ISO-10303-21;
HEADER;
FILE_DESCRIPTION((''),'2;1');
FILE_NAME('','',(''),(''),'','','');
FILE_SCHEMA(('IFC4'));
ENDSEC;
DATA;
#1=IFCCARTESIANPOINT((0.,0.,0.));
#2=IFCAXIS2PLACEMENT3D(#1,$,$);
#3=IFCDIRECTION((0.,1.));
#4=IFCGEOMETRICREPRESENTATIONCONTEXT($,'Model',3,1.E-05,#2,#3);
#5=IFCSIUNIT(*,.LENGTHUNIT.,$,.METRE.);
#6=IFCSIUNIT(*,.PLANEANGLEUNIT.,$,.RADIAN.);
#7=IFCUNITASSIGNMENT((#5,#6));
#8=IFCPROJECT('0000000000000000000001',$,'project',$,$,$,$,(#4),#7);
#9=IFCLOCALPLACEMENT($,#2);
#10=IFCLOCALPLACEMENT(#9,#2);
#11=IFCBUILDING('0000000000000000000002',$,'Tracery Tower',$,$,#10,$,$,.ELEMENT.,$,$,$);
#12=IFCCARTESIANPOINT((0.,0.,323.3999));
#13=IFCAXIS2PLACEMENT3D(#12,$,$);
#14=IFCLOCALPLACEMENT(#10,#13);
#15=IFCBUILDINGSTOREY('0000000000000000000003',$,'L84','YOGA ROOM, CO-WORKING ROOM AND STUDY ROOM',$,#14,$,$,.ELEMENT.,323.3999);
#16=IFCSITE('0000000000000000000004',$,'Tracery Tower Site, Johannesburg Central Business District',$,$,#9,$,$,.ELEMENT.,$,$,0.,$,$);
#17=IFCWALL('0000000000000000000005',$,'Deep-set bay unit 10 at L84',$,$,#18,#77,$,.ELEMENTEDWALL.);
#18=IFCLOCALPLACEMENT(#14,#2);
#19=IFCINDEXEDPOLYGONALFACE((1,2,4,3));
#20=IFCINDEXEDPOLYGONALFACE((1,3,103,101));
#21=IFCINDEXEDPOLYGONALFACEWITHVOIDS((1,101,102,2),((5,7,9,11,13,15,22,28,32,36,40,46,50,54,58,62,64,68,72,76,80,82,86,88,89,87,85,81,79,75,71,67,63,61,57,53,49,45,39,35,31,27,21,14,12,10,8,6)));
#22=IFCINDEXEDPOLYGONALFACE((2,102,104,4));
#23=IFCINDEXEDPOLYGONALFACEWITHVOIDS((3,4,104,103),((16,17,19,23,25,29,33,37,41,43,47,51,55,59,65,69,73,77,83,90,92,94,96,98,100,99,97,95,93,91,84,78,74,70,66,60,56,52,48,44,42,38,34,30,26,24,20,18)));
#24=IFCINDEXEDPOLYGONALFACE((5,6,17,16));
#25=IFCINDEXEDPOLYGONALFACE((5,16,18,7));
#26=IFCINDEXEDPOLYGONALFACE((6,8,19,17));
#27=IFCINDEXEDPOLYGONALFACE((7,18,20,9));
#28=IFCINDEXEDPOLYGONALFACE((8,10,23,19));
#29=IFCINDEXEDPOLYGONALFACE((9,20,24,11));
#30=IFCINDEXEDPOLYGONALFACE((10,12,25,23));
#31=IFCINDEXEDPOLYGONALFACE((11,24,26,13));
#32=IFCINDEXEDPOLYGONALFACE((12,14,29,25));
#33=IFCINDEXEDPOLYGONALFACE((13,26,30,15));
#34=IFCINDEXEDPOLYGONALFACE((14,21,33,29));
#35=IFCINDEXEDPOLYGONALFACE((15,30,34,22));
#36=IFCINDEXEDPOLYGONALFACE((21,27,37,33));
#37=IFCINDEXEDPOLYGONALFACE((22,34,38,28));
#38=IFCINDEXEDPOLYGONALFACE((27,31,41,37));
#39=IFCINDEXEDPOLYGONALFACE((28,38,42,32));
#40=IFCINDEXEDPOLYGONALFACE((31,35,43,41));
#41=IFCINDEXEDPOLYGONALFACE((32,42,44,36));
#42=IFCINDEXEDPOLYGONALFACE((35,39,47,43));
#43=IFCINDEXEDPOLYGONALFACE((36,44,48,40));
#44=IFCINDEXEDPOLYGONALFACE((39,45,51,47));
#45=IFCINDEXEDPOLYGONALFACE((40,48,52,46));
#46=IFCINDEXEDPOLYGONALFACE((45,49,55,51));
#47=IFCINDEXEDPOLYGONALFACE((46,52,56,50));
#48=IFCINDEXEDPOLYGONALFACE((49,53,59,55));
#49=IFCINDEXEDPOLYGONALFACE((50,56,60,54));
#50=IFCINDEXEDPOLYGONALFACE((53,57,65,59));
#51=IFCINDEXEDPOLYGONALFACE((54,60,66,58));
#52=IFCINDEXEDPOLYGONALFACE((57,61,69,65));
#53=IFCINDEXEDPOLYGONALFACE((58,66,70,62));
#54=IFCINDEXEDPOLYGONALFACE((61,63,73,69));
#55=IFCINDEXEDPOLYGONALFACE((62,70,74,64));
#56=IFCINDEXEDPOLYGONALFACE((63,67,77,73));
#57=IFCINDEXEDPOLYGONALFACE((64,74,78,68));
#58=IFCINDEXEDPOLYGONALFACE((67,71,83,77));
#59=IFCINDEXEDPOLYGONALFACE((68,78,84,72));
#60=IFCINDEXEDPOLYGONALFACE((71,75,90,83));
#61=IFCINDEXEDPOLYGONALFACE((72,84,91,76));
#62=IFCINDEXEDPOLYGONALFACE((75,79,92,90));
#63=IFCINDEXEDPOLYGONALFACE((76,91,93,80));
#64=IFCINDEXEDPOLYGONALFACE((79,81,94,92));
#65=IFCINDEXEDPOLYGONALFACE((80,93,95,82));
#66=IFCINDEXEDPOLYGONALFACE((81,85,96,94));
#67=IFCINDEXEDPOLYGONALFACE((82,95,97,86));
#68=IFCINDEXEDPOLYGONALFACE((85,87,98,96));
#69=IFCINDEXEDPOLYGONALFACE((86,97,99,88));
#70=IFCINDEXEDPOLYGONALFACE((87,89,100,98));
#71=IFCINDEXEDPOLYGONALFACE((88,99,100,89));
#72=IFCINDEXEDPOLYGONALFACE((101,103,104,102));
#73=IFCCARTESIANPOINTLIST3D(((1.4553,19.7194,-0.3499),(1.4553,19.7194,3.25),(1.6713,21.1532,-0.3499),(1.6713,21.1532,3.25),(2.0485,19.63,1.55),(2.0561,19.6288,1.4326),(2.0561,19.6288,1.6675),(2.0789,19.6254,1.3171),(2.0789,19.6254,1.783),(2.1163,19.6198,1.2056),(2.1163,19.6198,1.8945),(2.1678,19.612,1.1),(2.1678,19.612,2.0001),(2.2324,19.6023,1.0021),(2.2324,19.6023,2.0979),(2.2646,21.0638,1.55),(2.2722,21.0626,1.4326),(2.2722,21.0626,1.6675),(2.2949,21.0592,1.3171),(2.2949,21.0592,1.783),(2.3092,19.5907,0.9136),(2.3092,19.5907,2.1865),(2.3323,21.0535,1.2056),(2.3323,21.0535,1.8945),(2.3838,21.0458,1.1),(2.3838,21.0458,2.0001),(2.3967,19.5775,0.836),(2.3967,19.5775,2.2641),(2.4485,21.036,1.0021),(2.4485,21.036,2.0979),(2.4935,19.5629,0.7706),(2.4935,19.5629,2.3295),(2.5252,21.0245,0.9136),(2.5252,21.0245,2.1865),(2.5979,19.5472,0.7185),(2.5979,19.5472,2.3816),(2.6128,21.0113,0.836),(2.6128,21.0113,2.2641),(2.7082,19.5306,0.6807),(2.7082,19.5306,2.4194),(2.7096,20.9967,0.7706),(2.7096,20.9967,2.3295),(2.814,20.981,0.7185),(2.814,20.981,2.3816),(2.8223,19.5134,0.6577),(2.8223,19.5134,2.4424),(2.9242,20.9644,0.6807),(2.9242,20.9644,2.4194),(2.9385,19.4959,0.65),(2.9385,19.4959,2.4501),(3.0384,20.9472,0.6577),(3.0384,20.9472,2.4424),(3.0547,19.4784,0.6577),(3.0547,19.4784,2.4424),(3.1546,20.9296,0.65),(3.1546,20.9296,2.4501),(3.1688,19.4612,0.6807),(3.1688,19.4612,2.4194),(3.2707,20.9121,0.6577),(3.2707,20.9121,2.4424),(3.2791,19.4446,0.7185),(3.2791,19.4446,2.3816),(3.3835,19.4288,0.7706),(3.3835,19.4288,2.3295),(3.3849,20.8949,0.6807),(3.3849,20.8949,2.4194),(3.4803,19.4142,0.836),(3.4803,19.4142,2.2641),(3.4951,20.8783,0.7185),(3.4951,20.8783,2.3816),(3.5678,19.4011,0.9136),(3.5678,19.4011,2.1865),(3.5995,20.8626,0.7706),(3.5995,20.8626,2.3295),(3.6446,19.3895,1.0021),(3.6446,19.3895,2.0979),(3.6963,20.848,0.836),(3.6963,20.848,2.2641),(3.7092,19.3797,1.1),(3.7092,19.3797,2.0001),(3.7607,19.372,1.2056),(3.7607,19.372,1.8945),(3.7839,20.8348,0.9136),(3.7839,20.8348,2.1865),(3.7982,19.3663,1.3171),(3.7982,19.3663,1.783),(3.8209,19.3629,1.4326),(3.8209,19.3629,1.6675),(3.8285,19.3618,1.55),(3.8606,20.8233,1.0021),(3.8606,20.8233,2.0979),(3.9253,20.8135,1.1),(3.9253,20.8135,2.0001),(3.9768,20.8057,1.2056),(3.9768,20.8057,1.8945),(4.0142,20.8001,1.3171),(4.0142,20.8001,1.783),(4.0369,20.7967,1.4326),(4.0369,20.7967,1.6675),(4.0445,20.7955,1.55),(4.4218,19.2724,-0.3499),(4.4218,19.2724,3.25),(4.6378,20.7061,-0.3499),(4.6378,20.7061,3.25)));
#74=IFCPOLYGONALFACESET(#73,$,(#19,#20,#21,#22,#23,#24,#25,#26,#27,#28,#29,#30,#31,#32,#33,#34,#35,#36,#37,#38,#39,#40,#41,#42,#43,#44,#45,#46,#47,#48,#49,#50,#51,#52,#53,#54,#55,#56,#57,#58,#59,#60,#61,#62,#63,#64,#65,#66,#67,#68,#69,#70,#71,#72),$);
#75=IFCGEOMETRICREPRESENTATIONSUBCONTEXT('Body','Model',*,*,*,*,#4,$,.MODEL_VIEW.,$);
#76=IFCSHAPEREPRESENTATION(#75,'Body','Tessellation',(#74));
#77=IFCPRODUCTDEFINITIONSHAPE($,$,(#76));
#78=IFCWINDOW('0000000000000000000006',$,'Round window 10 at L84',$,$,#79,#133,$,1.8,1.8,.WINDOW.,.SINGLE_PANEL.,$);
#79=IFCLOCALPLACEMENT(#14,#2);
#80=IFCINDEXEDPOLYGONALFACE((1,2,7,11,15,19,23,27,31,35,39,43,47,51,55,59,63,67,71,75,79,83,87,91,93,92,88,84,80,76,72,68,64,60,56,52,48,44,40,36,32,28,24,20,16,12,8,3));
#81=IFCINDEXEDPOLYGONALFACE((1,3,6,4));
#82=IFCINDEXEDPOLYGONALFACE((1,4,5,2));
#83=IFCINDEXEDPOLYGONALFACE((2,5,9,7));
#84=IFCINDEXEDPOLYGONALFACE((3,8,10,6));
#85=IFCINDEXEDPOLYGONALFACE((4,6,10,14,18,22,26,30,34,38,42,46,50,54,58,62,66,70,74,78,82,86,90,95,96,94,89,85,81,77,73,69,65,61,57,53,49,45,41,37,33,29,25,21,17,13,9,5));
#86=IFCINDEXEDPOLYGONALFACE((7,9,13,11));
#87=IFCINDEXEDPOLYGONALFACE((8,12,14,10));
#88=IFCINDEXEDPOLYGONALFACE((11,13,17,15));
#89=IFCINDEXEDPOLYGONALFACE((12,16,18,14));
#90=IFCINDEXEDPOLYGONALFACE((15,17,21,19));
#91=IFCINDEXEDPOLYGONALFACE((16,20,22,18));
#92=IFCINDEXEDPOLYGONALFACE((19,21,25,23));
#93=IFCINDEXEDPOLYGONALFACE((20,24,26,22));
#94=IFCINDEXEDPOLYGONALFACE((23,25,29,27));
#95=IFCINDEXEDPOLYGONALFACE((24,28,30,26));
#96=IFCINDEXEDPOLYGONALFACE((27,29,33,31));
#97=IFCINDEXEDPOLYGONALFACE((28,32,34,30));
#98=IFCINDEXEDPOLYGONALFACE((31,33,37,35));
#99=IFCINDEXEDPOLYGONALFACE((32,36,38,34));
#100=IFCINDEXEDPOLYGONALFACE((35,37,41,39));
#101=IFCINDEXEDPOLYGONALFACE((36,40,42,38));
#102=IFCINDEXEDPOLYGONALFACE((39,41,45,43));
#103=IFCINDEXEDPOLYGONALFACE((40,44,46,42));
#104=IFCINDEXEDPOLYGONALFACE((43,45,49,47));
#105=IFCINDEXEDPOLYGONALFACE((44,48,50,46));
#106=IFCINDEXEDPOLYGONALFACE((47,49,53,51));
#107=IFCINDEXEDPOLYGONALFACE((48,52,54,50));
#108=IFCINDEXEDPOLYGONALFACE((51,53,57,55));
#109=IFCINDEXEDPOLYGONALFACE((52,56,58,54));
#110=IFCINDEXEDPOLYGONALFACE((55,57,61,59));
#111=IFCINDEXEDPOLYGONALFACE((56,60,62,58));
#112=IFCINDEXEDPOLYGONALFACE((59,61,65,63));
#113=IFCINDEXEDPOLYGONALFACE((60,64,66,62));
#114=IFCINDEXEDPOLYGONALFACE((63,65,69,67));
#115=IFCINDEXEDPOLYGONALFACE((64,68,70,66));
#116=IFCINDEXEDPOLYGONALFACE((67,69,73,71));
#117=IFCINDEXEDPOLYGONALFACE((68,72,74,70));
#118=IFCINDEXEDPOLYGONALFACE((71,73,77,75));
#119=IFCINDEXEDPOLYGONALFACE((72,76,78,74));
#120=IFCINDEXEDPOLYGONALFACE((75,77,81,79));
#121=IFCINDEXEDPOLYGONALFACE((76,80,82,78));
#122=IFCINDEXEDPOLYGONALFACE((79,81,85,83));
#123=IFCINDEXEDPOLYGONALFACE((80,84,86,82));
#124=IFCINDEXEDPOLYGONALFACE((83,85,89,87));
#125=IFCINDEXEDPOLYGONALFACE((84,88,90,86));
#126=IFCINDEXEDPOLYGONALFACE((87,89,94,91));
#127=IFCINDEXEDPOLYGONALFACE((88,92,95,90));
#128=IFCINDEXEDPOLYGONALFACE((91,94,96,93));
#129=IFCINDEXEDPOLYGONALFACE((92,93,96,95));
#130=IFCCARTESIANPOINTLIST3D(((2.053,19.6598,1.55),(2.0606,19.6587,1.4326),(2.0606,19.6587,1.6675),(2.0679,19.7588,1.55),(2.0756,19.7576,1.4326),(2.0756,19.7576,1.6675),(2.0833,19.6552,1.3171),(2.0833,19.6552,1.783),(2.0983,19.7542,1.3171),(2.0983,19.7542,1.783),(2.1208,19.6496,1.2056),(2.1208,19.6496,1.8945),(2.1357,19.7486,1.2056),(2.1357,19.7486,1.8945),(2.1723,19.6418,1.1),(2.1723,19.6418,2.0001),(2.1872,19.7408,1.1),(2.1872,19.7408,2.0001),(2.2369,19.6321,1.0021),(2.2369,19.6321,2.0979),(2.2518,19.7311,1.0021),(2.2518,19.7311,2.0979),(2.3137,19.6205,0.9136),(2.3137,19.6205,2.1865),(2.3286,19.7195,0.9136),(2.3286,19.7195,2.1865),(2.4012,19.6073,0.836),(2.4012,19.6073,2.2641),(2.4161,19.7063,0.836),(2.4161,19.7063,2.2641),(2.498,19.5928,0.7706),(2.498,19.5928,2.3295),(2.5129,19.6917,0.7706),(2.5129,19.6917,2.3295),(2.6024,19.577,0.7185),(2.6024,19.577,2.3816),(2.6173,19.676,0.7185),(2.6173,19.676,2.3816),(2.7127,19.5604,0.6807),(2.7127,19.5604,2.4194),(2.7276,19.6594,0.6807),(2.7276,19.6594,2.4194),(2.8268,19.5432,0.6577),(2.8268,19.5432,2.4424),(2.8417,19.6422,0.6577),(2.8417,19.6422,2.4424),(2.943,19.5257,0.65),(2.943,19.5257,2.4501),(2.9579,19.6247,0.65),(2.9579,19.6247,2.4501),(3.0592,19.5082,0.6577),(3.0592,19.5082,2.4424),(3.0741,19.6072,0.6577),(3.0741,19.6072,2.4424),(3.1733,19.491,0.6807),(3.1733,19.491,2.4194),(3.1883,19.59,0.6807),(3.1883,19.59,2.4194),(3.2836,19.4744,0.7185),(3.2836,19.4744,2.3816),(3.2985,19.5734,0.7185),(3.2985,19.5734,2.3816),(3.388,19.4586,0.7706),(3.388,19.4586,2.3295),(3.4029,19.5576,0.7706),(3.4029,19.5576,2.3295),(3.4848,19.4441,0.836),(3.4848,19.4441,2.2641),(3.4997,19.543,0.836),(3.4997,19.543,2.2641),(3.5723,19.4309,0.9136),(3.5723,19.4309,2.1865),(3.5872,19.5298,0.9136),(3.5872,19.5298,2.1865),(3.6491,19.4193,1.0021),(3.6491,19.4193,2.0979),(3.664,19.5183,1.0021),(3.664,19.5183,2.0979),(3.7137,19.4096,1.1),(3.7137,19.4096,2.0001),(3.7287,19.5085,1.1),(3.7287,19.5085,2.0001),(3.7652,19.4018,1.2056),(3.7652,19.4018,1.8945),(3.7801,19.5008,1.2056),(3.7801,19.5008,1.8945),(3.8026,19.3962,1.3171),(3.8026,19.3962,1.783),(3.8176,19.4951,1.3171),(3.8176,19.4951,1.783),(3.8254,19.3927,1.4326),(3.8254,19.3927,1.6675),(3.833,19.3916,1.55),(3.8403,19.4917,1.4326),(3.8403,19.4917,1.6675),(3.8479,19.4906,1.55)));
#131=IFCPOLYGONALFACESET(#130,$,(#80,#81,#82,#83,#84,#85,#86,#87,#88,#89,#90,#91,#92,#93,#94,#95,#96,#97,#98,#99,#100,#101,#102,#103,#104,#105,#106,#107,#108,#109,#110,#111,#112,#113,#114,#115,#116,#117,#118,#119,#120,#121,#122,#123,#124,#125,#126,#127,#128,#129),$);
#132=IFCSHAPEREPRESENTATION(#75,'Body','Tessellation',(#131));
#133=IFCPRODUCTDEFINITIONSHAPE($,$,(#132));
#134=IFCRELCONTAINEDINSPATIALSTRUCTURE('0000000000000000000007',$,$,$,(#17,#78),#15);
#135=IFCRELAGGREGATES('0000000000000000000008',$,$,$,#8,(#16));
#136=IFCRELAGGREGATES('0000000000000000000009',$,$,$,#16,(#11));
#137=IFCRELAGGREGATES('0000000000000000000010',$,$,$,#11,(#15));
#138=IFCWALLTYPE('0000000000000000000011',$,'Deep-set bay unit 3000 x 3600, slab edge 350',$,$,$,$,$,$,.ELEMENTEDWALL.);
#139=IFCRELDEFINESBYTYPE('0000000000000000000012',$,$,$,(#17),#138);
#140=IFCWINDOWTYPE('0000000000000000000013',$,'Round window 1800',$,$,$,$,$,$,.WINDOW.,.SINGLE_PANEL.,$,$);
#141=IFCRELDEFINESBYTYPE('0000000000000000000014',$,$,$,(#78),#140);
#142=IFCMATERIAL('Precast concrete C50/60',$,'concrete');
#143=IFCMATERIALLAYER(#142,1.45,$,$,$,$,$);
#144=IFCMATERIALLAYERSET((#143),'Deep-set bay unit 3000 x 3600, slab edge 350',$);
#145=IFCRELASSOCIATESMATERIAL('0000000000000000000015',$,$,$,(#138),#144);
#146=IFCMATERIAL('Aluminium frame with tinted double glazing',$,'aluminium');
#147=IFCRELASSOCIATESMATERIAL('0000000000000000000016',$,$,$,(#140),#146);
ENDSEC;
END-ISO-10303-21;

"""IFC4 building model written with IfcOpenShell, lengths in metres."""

from ifc_helpers import new_model, si_unit, direction, frame, frame_2d, origin, origin_2d, place, context, subcontext, project, spatial, rectangle, circle, extrude, material, layer, layer_set, type_object, element, fill, save


model = new_model("IFC4")

# Units and contexts
model_context = context("Model", 3, precision=1e-05, world=origin(), true_north=direction((0.0, 1.0)))
body_context = subcontext(model_context, "Body", "Model", "MODEL_VIEW")
ifc_project = project(units=[si_unit("LENGTHUNIT", "METRE"), si_unit("PLANEANGLEUNIT", "RADIAN")], contexts=[model_context])

# Site, building, storey
site_placement = place(None, origin())
site = spatial("IfcSite", under=ifc_project, at=site_placement, Name="Tracery Tower Site, Johannesburg Central Business District", CompositionType="ELEMENT", RefElevation=0.0)
building_placement = place(site_placement, origin())
building = spatial("IfcBuilding", under=site, at=building_placement, Name="Tracery Tower", CompositionType="ELEMENT")
storey_placement = place(building_placement, frame((0.0, 0.0, 323.3999)))
storey = spatial("IfcBuildingStorey", under=building, at=storey_placement, Name="L84", Description="YOGA ROOM, CO-WORKING ROOM AND STUDY ROOM", CompositionType="ELEMENT", Elevation=323.3999)

# Wall, opening, window
ifc_material_1 = material(Name="Precast concrete C50/60", Category="concrete")
ifc_layer_1 = layer(ifc_material_1, 1.45)
ifc_layer_set_1 = layer_set([ifc_layer_1], Name="Deep-set bay unit 3000 x 3600, slab edge 350")
wall_type_1 = type_object("IfcWallType", Name="Deep-set bay unit 3000 x 3600, slab edge 350", PredefinedType="ELEMENTEDWALL", material=ifc_layer_set_1)
wall_1_placement = place(storey_placement, frame((4.5298, 19.9893, -0.3499), z_axis=(0.0, 0.0, 1.0), x_axis=(-0.988836, 0.149005, 0.0)))
wall_1 = element("IfcWall", 1, at=wall_1_placement, inside=storey, type_object=wall_type_1, Name="Deep-set bay unit 10 at L84", PredefinedType="ELEMENTEDWALL", context=body_context, shape_type="SweptSolid", body=[
    extrude(rectangle(XDim=3.0, YDim=1.45, at=frame_2d((1.5, 0.0))), origin(), (0.0, 0.0, 1.0), 3.5999),
])
opening_1_placement = place(wall_1_placement, frame((1.5, 0.0, 1.8999)))
opening_1 = element("IfcOpeningElement", 2, at=opening_1_placement, cuts=wall_1, PredefinedType="OPENING", context=body_context, shape_type="SweptSolid", body=[
    extrude(circle(Radius=0.9, at=origin_2d()), frame((0.0, 0.7349, 0.0), z_axis=(0.0, -1.0, 0.0), x_axis=(1.0, 0.0, 0.0)), (0.0, 0.0, 1.0), 1.47),
])
ifc_material_2 = material(Name="Aluminium frame with tinted double glazing", Category="aluminium")
window_type = type_object("IfcWindowType", Name="Round window 1800", PartitioningType="SINGLE_PANEL", PredefinedType="WINDOW", material=ifc_material_2)
window_1_placement = place(opening_1_placement, origin())
window_1 = element("IfcWindow", 3, at=window_1_placement, inside=storey, type_object=window_type, Name="Round window 10 at L84", OverallHeight=1.8, OverallWidth=1.8, PartitioningType="SINGLE_PANEL", PredefinedType="WINDOW", context=body_context, shape_type="SweptSolid", body=[
    extrude(circle(Radius=0.9, at=origin_2d()), frame((0.0, 0.6948, 0.0), z_axis=(0.0, -1.0, 0.0), x_axis=(1.0, 0.0, 0.0)), (0.0, 0.0, 1.0), 0.1001),
])
fill(opening_1, window_1)

save(model, "model.ifc")
